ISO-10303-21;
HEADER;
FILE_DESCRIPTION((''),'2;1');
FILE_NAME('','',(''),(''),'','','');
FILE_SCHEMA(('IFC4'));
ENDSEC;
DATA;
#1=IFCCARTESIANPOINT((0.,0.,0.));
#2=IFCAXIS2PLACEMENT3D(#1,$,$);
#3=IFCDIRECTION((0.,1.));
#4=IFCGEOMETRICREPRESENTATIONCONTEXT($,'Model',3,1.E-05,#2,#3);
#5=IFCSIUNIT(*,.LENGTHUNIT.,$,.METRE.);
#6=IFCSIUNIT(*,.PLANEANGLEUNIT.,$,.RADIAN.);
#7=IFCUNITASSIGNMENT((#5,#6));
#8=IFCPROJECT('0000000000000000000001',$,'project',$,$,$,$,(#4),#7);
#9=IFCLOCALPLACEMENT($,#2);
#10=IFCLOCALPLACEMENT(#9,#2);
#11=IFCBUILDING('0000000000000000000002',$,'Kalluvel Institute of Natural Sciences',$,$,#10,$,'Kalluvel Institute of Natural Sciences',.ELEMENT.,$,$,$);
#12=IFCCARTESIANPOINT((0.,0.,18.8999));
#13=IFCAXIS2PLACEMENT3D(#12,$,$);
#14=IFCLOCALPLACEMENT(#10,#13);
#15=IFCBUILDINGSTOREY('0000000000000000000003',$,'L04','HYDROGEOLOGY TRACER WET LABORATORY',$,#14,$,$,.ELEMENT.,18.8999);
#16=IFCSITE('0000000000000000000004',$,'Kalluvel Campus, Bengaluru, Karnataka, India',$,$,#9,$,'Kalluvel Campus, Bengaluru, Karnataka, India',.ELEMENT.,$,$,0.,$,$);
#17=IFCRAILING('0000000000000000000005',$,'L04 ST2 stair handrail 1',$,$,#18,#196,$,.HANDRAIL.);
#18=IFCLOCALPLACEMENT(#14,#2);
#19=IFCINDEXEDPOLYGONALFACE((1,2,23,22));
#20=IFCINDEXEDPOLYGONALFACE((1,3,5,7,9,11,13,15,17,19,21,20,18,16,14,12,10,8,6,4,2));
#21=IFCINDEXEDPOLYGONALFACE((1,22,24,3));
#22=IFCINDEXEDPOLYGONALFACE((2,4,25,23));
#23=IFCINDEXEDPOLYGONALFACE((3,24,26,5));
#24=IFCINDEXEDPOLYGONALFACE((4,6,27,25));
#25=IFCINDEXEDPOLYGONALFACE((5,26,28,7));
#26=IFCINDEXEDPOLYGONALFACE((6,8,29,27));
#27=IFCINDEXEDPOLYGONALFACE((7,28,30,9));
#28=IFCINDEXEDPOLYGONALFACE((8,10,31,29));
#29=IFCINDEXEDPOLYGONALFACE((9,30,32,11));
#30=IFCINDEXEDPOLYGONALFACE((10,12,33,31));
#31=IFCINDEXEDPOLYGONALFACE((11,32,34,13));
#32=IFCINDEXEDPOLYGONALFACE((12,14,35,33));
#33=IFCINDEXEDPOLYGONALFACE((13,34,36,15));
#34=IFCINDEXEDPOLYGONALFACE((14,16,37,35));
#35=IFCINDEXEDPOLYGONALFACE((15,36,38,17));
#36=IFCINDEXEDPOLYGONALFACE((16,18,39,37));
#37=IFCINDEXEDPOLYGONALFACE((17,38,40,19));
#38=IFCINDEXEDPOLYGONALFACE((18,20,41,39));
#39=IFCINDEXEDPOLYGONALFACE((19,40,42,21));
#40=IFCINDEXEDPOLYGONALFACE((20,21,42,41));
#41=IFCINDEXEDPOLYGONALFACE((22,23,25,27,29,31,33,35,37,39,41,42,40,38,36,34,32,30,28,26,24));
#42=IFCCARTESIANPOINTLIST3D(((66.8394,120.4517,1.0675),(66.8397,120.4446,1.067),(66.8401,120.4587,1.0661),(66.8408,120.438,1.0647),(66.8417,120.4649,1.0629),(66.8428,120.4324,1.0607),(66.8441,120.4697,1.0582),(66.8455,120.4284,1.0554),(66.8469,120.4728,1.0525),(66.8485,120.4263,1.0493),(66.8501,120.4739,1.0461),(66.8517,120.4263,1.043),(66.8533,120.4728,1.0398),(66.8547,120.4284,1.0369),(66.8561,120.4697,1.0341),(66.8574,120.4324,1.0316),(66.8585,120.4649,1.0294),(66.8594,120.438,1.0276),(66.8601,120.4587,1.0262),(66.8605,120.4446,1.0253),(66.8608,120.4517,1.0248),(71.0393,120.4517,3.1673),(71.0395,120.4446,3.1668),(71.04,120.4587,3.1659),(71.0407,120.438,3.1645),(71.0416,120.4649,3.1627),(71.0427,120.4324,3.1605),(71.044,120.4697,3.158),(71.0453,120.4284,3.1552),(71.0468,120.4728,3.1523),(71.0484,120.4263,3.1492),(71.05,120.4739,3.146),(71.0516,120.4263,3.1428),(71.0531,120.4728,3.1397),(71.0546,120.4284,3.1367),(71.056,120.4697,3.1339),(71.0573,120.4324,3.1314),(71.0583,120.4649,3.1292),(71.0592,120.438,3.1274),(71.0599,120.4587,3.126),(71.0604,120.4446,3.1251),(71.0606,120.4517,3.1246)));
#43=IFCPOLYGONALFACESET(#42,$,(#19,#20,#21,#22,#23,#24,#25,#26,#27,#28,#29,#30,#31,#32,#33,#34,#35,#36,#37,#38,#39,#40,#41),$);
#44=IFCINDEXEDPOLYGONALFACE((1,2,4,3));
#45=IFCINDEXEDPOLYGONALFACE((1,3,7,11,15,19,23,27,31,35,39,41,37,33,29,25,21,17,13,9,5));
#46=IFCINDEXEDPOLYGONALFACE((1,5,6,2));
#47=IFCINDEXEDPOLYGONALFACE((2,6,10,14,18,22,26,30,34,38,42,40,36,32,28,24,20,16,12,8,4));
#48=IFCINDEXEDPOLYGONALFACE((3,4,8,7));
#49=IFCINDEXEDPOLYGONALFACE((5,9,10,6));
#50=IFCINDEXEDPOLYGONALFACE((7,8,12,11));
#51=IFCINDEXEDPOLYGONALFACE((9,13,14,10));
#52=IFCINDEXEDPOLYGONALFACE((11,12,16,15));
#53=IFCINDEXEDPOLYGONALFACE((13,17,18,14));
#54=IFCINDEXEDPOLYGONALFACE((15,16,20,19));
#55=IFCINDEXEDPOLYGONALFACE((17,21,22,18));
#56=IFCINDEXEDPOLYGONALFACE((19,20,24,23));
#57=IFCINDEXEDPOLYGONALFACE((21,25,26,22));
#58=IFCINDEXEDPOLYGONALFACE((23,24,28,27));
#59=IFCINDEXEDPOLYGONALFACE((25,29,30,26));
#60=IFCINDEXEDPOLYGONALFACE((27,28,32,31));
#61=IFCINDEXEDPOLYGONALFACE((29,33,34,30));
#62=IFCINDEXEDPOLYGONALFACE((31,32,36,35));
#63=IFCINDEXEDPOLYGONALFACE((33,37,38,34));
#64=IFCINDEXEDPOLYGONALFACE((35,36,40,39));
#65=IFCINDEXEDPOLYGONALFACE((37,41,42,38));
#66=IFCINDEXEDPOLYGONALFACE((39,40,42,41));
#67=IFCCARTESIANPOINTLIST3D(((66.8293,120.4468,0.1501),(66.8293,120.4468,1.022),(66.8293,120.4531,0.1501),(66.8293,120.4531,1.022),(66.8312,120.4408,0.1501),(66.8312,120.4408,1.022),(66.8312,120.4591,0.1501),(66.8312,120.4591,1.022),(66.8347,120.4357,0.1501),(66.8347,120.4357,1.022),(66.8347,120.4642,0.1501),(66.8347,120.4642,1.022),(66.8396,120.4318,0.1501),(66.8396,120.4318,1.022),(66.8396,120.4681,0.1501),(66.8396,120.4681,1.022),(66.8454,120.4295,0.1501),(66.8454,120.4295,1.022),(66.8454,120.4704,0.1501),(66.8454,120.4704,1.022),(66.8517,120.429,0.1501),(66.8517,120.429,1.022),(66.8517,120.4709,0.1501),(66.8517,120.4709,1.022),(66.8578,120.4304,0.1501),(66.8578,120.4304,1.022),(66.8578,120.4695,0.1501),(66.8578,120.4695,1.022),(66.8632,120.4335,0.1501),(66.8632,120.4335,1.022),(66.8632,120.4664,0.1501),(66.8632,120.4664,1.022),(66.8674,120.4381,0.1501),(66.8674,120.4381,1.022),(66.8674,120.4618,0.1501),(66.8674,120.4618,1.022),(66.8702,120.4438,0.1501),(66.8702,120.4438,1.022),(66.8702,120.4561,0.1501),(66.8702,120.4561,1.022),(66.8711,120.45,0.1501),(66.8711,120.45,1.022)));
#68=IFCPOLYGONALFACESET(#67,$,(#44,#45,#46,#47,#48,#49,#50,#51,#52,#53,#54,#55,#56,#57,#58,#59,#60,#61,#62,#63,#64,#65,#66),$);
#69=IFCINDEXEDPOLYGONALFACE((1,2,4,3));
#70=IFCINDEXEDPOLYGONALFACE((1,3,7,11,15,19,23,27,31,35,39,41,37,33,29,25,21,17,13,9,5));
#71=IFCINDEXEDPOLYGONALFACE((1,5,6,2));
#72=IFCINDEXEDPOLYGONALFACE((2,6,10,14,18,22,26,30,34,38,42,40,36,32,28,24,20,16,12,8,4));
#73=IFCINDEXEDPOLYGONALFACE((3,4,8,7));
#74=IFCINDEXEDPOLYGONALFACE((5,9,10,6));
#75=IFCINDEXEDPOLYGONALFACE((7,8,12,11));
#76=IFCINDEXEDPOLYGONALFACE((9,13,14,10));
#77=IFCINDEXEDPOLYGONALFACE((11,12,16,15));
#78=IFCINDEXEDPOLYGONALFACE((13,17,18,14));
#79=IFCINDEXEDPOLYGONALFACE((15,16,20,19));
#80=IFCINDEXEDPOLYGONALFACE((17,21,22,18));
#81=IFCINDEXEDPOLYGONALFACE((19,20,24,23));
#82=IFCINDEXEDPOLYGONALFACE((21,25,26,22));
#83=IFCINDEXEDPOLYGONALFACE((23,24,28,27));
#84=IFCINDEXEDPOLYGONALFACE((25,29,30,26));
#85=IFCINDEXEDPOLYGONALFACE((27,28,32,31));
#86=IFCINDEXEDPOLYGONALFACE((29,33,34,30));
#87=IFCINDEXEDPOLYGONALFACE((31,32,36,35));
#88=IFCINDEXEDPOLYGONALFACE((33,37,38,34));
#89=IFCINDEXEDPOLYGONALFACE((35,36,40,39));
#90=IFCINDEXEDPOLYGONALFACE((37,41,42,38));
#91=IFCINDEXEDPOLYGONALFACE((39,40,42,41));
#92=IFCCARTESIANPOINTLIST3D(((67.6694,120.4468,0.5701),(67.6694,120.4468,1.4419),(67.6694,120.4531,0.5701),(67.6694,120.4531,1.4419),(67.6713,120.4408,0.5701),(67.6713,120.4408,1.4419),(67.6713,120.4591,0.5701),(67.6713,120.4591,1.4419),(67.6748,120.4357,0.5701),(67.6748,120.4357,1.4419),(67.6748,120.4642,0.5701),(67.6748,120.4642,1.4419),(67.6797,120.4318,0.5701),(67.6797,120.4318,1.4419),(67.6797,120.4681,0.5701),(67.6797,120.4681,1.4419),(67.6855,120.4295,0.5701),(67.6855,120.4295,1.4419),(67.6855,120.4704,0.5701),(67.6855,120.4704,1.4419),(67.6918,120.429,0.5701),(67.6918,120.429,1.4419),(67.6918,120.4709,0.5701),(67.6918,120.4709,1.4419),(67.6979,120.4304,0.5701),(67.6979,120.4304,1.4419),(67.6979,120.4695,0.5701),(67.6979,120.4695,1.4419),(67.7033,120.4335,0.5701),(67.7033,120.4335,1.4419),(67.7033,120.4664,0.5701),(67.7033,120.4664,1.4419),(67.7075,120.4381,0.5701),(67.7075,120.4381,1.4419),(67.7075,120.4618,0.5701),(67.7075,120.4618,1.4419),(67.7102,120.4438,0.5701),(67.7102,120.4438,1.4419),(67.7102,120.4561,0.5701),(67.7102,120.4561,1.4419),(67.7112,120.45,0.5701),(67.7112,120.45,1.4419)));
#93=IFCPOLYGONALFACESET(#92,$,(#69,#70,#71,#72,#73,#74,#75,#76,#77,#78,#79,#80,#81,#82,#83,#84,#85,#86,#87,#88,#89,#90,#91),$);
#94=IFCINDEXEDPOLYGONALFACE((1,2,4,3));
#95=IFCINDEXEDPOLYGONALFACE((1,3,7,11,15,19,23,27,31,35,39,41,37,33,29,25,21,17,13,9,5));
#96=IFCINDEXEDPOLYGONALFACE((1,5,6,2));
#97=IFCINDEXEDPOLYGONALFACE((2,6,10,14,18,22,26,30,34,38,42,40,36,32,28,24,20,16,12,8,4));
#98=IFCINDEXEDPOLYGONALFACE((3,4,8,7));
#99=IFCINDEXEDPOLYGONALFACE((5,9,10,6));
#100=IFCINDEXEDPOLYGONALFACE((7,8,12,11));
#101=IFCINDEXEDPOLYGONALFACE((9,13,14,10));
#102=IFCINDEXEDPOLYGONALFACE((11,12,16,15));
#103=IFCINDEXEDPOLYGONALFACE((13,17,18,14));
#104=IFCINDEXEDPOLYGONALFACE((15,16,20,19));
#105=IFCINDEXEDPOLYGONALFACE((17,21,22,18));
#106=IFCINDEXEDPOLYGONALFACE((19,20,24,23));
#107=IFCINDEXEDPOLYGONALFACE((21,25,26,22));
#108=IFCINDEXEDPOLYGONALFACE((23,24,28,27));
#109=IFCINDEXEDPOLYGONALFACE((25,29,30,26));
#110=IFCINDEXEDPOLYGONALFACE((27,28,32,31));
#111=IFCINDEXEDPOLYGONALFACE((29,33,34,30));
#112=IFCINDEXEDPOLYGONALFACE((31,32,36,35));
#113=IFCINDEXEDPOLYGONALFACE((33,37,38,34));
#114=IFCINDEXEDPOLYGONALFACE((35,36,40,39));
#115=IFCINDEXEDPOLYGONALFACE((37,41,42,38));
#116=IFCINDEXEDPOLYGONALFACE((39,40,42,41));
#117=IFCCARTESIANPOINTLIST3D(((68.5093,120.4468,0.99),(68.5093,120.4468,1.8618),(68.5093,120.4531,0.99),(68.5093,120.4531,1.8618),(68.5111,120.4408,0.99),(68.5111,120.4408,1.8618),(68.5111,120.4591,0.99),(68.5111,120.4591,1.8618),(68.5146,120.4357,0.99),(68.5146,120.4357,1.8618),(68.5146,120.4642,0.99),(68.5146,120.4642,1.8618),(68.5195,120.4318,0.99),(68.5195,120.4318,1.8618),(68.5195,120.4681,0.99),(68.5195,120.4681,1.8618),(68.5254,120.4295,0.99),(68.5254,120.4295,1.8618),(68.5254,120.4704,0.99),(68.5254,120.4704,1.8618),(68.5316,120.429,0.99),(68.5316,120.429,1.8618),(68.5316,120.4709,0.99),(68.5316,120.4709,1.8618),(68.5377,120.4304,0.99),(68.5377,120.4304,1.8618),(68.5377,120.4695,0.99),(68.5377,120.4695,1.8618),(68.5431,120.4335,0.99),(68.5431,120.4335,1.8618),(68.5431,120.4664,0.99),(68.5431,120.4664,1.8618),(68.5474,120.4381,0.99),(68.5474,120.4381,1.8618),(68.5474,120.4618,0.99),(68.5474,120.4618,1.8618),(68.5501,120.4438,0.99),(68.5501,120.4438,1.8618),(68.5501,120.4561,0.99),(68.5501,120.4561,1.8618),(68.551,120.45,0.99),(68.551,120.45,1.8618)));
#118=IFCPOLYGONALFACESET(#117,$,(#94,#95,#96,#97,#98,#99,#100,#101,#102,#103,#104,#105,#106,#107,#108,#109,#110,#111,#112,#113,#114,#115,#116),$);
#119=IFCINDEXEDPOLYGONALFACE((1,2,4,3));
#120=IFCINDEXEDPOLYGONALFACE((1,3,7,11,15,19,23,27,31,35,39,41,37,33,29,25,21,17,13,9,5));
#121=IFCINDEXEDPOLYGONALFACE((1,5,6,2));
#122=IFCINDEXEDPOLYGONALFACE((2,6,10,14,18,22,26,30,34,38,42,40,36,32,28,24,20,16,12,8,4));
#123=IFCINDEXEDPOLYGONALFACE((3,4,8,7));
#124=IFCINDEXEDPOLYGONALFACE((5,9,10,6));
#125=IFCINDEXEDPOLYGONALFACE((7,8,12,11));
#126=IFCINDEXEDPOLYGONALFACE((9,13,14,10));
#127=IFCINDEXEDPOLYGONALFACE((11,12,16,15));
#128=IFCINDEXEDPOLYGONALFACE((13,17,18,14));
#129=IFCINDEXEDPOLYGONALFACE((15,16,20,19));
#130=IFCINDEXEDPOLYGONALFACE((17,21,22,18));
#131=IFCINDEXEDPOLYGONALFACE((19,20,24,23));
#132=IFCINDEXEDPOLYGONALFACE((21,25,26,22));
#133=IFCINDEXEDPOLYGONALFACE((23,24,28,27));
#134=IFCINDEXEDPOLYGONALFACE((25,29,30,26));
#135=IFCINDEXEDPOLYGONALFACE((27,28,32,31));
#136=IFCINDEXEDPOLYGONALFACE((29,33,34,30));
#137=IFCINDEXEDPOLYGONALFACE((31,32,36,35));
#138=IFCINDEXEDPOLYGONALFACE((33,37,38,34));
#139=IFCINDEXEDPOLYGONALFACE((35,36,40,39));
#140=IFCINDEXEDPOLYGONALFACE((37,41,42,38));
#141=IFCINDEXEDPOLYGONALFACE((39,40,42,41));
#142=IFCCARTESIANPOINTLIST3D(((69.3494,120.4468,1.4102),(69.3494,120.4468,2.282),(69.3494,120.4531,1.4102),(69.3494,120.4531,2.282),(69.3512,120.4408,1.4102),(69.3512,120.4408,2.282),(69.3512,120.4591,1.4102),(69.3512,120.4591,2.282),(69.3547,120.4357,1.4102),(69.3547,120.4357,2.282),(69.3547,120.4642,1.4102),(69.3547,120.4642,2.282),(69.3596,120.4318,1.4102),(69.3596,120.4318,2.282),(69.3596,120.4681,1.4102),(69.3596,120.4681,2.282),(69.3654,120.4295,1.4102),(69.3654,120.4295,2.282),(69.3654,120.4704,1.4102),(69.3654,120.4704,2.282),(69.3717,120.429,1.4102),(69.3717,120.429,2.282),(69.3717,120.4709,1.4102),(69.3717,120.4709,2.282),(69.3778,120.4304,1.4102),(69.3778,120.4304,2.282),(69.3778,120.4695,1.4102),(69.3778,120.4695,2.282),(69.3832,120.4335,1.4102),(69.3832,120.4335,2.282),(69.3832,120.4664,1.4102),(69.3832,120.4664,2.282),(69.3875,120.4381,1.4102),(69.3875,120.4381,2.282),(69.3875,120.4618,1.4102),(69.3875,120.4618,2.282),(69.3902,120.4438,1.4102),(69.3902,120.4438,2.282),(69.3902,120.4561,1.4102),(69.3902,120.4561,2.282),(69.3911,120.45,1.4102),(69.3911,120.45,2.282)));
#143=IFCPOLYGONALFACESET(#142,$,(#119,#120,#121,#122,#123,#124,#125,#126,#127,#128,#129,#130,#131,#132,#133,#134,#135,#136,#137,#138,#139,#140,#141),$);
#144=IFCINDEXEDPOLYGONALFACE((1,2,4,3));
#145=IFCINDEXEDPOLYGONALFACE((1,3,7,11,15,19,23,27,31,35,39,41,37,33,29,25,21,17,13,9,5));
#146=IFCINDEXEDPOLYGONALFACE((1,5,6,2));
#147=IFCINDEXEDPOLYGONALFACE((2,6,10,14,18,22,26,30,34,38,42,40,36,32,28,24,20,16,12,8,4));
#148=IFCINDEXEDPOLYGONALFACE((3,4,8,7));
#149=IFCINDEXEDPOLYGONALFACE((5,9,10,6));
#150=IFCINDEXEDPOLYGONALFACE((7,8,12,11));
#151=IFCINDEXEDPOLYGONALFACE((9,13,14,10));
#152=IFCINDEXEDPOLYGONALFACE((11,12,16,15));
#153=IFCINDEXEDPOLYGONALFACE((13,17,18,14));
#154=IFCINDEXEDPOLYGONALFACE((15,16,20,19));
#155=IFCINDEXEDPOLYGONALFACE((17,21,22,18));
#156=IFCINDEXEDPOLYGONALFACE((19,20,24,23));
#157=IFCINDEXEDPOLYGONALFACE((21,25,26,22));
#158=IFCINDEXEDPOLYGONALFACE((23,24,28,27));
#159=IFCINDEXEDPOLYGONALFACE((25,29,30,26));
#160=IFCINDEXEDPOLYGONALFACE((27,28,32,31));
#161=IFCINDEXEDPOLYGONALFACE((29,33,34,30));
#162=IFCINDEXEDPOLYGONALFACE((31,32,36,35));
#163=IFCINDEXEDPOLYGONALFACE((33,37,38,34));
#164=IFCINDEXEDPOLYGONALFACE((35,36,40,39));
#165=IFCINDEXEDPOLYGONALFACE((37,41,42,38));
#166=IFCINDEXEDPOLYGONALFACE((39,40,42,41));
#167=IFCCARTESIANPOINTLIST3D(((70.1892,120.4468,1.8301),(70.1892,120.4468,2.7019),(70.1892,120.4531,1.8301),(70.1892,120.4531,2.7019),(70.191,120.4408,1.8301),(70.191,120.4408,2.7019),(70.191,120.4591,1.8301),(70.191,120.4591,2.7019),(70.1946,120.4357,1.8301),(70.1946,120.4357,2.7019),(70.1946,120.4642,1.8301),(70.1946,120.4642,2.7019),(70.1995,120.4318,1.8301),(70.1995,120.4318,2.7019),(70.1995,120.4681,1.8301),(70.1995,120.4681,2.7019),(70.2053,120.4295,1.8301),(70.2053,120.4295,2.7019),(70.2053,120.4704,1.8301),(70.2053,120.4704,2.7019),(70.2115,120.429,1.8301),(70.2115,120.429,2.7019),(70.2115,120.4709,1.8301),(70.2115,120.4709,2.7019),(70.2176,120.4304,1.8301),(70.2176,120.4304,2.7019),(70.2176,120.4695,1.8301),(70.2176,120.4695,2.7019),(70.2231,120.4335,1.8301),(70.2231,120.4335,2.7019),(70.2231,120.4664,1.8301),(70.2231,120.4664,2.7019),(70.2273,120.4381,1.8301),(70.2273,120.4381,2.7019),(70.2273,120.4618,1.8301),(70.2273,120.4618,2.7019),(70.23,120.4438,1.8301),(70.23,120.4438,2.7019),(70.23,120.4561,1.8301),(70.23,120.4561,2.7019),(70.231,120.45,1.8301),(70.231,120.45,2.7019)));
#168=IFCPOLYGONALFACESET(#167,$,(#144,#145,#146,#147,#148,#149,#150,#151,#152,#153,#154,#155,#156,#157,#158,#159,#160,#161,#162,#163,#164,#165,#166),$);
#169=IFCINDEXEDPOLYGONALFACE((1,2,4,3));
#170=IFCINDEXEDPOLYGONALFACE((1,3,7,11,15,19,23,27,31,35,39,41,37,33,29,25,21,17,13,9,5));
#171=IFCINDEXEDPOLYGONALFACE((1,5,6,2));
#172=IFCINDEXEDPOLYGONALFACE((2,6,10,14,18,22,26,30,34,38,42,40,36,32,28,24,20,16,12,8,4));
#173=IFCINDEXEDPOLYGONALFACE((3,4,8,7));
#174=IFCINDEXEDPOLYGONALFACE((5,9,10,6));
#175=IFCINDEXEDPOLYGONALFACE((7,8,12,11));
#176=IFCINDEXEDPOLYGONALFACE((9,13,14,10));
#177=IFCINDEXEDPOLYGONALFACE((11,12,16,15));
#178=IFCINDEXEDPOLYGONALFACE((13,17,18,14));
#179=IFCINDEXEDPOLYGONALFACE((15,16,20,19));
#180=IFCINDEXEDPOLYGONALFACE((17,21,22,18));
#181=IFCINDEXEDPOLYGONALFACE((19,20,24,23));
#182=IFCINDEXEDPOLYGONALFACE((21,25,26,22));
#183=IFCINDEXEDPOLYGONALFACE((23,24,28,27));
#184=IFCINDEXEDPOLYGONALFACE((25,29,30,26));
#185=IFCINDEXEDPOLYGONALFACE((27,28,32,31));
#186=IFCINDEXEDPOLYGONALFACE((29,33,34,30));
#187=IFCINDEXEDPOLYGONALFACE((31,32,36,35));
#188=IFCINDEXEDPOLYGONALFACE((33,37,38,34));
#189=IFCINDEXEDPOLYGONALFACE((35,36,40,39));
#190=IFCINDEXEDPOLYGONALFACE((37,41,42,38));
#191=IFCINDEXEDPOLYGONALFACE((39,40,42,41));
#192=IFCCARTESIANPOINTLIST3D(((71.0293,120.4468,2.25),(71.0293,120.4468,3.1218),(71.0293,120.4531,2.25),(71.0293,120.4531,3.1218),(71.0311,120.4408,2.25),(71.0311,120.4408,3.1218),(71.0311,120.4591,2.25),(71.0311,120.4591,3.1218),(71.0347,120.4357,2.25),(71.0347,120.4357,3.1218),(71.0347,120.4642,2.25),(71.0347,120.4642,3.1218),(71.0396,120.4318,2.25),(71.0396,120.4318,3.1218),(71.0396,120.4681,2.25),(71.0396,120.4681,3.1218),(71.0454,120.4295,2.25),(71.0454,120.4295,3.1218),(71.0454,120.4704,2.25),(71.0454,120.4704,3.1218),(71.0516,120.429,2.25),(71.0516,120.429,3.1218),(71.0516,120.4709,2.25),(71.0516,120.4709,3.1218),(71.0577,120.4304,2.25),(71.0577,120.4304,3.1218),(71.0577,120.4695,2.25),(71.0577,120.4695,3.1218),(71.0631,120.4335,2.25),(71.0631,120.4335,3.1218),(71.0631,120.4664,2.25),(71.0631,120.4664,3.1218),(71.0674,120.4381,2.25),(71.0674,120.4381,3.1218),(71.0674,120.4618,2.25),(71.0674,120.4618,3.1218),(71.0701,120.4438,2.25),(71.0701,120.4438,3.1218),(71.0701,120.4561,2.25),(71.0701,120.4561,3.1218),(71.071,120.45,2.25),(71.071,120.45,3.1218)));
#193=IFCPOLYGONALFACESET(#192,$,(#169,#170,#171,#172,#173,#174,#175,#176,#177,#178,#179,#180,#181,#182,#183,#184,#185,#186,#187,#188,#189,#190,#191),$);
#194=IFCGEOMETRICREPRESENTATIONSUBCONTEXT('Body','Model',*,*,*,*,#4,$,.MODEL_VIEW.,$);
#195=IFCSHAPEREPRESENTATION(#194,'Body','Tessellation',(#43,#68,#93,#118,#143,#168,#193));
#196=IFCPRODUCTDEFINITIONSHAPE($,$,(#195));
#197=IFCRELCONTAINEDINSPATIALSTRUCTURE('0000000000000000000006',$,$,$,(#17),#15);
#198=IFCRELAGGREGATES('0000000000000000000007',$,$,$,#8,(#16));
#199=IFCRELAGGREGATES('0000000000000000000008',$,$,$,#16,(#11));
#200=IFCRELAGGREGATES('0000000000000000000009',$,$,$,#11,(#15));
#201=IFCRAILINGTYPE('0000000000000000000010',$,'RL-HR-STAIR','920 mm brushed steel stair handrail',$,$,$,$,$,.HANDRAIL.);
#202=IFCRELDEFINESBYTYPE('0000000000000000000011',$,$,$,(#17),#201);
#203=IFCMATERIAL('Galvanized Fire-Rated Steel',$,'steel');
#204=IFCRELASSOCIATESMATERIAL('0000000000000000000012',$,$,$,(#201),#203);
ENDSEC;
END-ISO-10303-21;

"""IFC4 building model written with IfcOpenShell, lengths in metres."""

from ifc_helpers import new_model, si_unit, direction, frame, origin, origin_2d, place, context, subcontext, project, spatial, circle, extrude, material, type_object, element, save


model = new_model("IFC4")

# Units and contexts
model_context = context("Model", 3, precision=1e-05, world=origin(), true_north=direction((0.0, 1.0)))
body_context = subcontext(model_context, "Body", "Model", "MODEL_VIEW")
ifc_project = project(units=[si_unit("LENGTHUNIT", "METRE"), si_unit("PLANEANGLEUNIT", "RADIAN")], contexts=[model_context])

# Site, building, storey
site_placement = place(None, origin())
site = spatial("IfcSite", under=ifc_project, at=site_placement, Name="Kalluvel Campus, Bengaluru, Karnataka, India", LongName="Kalluvel Campus, Bengaluru, Karnataka, India", CompositionType="ELEMENT", RefElevation=0.0)
building_placement = place(site_placement, origin())
building = spatial("IfcBuilding", under=site, at=building_placement, Name="Kalluvel Institute of Natural Sciences", LongName="Kalluvel Institute of Natural Sciences", CompositionType="ELEMENT")
storey_placement = place(building_placement, frame((0.0, 0.0, 18.8999)))
storey = spatial("IfcBuildingStorey", under=building, at=storey_placement, Name="L04", Description="HYDROGEOLOGY TRACER WET LABORATORY", CompositionType="ELEMENT", Elevation=18.8999)

# Shared definitions
ifc_material_1 = material(Name="Galvanized Fire-Rated Steel", Category="steel")

# Railing
railing_type_1 = type_object("IfcRailingType", Name="RL-HR-STAIR", Description="920 mm brushed steel stair handrail", PredefinedType="HANDRAIL", material=ifc_material_1)
railing_1_placement = place(storey_placement, frame((66.8501, 120.45, 0.1501)))
element("IfcRailing", 1, at=railing_1_placement, inside=storey, type_object=railing_type_1, Name="L04 ST2 stair handrail 1", PredefinedType="HANDRAIL", context=body_context, shape_type="SweptSolid", body=[
    extrude(circle(Radius=0.0239, at=origin_2d()), frame((0.0, 0.0, 0.896), z_axis=(0.894438, 0.0, 0.447193), x_axis=(0.0, 1.0, 0.0)), (0.0, 0.0, 1.0), 4.6956),
    extrude(circle(Radius=0.021, at=origin_2d()), origin(), (0.0, 0.0, 1.0), 0.8718),
    extrude(circle(Radius=0.021, at=origin_2d()), frame((0.8401, 0.0, 0.4199)), (0.0, 0.0, 1.0), 0.8718),
    extrude(circle(Radius=0.021, at=origin_2d()), frame((1.6799, 0.0, 0.8398)), (0.0, 0.0, 1.0), 0.8718),
    extrude(circle(Radius=0.021, at=origin_2d()), frame((2.52, 0.0, 1.26)), (0.0, 0.0, 1.0), 0.8718),
    extrude(circle(Radius=0.021, at=origin_2d()), frame((3.3599, 0.0, 1.6799)), (0.0, 0.0, 1.0), 0.8718),
    extrude(circle(Radius=0.021, at=origin_2d()), frame((4.2, 0.0, 2.0999)), (0.0, 0.0, 1.0), 0.8718),
])

save(model, "model.ifc")
